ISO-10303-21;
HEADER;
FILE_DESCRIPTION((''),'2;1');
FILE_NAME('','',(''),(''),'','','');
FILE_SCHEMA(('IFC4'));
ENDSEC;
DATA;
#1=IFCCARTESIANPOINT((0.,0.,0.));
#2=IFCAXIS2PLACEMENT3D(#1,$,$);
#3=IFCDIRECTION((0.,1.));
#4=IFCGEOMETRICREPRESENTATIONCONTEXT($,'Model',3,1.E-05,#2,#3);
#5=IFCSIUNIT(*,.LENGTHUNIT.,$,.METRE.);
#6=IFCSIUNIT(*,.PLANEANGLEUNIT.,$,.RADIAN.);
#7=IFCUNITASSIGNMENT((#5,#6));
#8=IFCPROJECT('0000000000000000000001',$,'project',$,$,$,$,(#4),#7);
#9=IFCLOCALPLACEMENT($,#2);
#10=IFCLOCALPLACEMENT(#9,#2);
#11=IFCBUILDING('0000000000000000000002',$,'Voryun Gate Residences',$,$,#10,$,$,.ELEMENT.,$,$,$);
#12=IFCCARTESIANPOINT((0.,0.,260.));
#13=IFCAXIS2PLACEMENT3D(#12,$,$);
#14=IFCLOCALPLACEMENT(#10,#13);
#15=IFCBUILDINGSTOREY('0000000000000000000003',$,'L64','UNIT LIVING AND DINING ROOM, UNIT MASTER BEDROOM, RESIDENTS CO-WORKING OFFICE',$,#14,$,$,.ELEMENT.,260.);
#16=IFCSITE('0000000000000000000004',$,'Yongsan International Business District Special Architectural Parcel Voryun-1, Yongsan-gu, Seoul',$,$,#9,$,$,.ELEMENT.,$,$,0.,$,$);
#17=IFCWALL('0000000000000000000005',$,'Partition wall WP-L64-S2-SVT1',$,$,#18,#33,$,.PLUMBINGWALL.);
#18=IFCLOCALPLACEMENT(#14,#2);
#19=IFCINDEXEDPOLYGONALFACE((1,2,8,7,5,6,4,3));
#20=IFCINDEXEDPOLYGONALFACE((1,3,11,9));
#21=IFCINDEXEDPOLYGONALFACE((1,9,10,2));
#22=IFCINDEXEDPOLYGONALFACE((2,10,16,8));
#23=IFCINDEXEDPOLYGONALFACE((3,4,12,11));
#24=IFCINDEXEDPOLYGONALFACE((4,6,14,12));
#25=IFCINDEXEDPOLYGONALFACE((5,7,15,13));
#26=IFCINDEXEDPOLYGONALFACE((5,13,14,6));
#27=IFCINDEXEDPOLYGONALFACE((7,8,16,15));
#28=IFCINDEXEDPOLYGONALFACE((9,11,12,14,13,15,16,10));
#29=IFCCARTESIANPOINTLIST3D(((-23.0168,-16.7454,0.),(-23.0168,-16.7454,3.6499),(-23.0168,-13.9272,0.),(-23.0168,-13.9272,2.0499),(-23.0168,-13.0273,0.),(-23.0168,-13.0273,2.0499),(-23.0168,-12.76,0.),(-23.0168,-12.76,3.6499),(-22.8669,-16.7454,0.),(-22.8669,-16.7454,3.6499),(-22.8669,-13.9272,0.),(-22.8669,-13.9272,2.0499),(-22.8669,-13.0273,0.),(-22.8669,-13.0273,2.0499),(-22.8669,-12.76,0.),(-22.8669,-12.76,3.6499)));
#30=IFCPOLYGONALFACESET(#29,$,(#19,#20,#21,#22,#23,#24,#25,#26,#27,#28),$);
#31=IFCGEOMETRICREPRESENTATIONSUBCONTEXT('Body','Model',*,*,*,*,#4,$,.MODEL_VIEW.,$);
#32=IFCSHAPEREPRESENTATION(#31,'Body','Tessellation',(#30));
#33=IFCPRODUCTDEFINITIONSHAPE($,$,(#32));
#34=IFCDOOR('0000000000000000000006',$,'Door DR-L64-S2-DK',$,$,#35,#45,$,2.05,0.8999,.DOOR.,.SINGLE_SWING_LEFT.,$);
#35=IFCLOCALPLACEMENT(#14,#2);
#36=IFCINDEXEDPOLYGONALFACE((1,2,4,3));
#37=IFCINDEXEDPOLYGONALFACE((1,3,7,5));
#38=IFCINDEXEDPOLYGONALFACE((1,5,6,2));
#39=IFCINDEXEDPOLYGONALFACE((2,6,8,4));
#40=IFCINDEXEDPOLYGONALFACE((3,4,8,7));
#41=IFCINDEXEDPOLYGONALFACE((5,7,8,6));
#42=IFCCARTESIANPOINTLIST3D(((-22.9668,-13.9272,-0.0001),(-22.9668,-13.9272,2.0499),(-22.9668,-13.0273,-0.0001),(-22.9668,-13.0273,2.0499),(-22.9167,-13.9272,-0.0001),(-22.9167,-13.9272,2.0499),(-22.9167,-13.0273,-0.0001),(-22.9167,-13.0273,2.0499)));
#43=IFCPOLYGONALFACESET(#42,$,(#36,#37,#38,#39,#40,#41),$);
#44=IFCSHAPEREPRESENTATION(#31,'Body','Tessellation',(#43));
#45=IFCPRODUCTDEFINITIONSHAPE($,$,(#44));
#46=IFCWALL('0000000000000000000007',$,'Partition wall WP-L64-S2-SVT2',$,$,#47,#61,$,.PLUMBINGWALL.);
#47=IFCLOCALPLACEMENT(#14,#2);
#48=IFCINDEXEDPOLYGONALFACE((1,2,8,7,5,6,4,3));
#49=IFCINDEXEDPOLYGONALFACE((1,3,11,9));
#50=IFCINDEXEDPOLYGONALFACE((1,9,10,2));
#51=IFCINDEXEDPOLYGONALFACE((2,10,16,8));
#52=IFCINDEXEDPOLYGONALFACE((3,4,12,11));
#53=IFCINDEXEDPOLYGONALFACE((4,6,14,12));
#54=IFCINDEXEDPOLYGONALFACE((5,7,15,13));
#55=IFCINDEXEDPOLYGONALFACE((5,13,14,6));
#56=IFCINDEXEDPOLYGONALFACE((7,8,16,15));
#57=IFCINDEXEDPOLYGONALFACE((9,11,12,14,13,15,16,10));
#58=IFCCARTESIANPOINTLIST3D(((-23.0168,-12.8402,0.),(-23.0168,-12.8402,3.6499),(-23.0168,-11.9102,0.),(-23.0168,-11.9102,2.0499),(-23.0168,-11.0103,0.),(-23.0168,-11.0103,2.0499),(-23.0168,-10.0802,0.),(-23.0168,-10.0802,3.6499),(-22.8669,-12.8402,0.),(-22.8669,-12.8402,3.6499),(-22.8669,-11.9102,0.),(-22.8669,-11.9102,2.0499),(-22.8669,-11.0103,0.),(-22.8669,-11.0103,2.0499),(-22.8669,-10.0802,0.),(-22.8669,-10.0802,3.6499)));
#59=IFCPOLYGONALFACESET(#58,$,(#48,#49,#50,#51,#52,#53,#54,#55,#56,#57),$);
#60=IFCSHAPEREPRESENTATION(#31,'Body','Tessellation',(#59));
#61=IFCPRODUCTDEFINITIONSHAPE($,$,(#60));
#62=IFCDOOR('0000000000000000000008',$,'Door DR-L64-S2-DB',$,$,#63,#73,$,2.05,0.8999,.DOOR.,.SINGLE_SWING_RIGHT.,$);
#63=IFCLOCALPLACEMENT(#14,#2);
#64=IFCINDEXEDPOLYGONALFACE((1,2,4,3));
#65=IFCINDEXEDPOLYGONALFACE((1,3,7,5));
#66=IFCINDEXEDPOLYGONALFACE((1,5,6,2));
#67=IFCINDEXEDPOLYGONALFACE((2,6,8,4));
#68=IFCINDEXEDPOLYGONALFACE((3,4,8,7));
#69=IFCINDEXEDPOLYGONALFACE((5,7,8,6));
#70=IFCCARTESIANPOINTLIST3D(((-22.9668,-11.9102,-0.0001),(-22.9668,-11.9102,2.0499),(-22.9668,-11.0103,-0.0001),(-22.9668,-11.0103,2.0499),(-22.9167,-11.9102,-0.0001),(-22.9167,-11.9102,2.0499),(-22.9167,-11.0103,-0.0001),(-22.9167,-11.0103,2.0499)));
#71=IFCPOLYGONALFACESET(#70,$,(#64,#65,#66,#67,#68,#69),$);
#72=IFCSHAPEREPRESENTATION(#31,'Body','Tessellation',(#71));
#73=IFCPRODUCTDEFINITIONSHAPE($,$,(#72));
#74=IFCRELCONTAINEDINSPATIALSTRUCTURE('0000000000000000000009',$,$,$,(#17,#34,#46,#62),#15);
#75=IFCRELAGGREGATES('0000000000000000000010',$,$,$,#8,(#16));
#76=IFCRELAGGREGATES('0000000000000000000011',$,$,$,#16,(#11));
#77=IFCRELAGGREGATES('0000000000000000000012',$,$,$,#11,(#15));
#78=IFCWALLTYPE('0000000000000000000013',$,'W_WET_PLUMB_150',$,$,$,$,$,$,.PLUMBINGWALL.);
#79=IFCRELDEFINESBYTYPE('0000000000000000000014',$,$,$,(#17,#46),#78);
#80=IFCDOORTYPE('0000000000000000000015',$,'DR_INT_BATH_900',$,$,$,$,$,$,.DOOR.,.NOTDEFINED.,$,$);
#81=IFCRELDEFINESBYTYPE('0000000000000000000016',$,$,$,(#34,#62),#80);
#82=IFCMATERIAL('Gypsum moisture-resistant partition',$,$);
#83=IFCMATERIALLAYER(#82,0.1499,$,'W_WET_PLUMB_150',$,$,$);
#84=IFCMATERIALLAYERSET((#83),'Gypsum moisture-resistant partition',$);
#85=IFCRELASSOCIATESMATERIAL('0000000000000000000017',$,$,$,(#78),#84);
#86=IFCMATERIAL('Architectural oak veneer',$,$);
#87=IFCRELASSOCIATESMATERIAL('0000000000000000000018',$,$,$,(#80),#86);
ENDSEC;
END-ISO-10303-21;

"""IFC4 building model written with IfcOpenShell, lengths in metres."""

from ifc_helpers import new_model, si_unit, direction, frame, frame_2d, origin, place, context, subcontext, project, spatial, rectangle, extrude, material, layer, layer_set, type_object, element, fill, save


model = new_model("IFC4")

# Units and contexts
model_context = context("Model", 3, precision=1e-05, world=origin(), true_north=direction((0.0, 1.0)))
body_context = subcontext(model_context, "Body", "Model", "MODEL_VIEW")
ifc_project = project(units=[si_unit("LENGTHUNIT", "METRE"), si_unit("PLANEANGLEUNIT", "RADIAN")], contexts=[model_context])

# Site, building, storey
site_placement = place(None, origin())
site = spatial("IfcSite", under=ifc_project, at=site_placement, Name="Yongsan International Business District Special Architectural Parcel Voryun-1, Yongsan-gu, Seoul", CompositionType="ELEMENT", RefElevation=0.0)
building_placement = place(site_placement, origin())
building = spatial("IfcBuilding", under=site, at=building_placement, Name="Voryun Gate Residences", CompositionType="ELEMENT")
storey_placement = place(building_placement, frame((0.0, 0.0, 260.0)))
storey = spatial("IfcBuildingStorey", under=building, at=storey_placement, Name="L64", Description="UNIT LIVING AND DINING ROOM, UNIT MASTER BEDROOM, RESIDENTS CO-WORKING OFFICE", CompositionType="ELEMENT", Elevation=260.0)

# Shared definitions
ifc_material_1 = material(Name="Gypsum moisture-resistant partition")
ifc_layer_1 = layer(ifc_material_1, 0.1499, Name="W_WET_PLUMB_150")
ifc_layer_set_1 = layer_set([ifc_layer_1], Name="Gypsum moisture-resistant partition")
wall_type_1 = type_object("IfcWallType", Name="W_WET_PLUMB_150", PredefinedType="PLUMBINGWALL", material=ifc_layer_set_1)
ifc_material_2 = material(Name="Architectural oak veneer")
door_type = type_object("IfcDoorType", Name="DR_INT_BATH_900", OperationType="NOTDEFINED", PredefinedType="DOOR", material=ifc_material_2)

# Walls, openings, doors
wall_1_placement = place(storey_placement, frame((-22.9419, -16.7454, 0.0), z_axis=(0.0, 0.0, 1.0), x_axis=(0.0, 1.0, 0.0)))
wall_1 = element("IfcWall", 1, at=wall_1_placement, inside=storey, type_object=wall_type_1, Name="Partition wall WP-L64-S2-SVT1", PredefinedType="PLUMBINGWALL", context=body_context, shape_type="SweptSolid", body=[
    extrude(rectangle(XDim=3.9854, YDim=0.1499, at=frame_2d((1.9927, 0.0))), origin(), (0.0, 0.0, 1.0), 3.6499),
])
opening_1_placement = place(wall_1_placement, frame((2.8181, 0.0, 0.0)))
opening_1 = element("IfcOpeningElement", 2, at=opening_1_placement, cuts=wall_1, PredefinedType="OPENING", context=body_context, shape_type="SweptSolid", body=[
    extrude(rectangle(XDim=0.8999, YDim=2.05, at=frame_2d((0.45, 1.0249))), frame((0.0, 0.085, 0.0), z_axis=(0.0, -1.0, 0.0), x_axis=(1.0, 0.0, 0.0)), (0.0, 0.0, 1.0), 0.1699),
])
door_1_placement = place(opening_1_placement, origin())
door_1 = element("IfcDoor", 3, at=door_1_placement, inside=storey, type_object=door_type, Name="Door DR-L64-S2-DK", OperationType="SINGLE_SWING_LEFT", OverallHeight=2.05, OverallWidth=0.8999, PredefinedType="DOOR", context=body_context, shape_type="SweptSolid", body=[
    extrude(rectangle(XDim=0.8999, YDim=2.05, at=frame_2d((0.45, 1.0249))), frame((0.0, 0.0249, 0.0), z_axis=(0.0, -1.0, 0.0), x_axis=(1.0, 0.0, 0.0)), (0.0, 0.0, 1.0), 0.05),
])
fill(opening_1, door_1)
wall_2_placement = place(storey_placement, frame((-22.9419, -12.8401, 0.0), z_axis=(0.0, 0.0, 1.0), x_axis=(0.0, 1.0, 0.0)))
wall_2 = element("IfcWall", 4, at=wall_2_placement, inside=storey, type_object=wall_type_1, Name="Partition wall WP-L64-S2-SVT2", PredefinedType="PLUMBINGWALL", context=body_context, shape_type="SweptSolid", body=[
    extrude(rectangle(XDim=2.76, YDim=0.1499, at=frame_2d((1.3799, 0.0))), origin(), (0.0, 0.0, 1.0), 3.6499),
])
opening_2_placement = place(wall_2_placement, frame((0.9299, 0.0, 0.0)))
opening_2 = element("IfcOpeningElement", 5, at=opening_2_placement, cuts=wall_2, PredefinedType="OPENING", context=body_context, shape_type="SweptSolid", body=[
    extrude(rectangle(XDim=0.8999, YDim=2.05, at=frame_2d((0.45, 1.0249))), frame((0.0, 0.085, 0.0), z_axis=(0.0, -1.0, 0.0), x_axis=(1.0, 0.0, 0.0)), (0.0, 0.0, 1.0), 0.1699),
])
door_2_placement = place(opening_2_placement, origin())
door_2 = element("IfcDoor", 6, at=door_2_placement, inside=storey, type_object=door_type, Name="Door DR-L64-S2-DB", OperationType="SINGLE_SWING_RIGHT", OverallHeight=2.05, OverallWidth=0.8999, PredefinedType="DOOR", context=body_context, shape_type="SweptSolid", body=[
    extrude(rectangle(XDim=0.8999, YDim=2.05, at=frame_2d((0.45, 1.0249))), frame((0.0, 0.0249, 0.0), z_axis=(0.0, -1.0, 0.0), x_axis=(1.0, 0.0, 0.0)), (0.0, 0.0, 1.0), 0.05),
])
fill(opening_2, door_2)

save(model, "model.ifc")
